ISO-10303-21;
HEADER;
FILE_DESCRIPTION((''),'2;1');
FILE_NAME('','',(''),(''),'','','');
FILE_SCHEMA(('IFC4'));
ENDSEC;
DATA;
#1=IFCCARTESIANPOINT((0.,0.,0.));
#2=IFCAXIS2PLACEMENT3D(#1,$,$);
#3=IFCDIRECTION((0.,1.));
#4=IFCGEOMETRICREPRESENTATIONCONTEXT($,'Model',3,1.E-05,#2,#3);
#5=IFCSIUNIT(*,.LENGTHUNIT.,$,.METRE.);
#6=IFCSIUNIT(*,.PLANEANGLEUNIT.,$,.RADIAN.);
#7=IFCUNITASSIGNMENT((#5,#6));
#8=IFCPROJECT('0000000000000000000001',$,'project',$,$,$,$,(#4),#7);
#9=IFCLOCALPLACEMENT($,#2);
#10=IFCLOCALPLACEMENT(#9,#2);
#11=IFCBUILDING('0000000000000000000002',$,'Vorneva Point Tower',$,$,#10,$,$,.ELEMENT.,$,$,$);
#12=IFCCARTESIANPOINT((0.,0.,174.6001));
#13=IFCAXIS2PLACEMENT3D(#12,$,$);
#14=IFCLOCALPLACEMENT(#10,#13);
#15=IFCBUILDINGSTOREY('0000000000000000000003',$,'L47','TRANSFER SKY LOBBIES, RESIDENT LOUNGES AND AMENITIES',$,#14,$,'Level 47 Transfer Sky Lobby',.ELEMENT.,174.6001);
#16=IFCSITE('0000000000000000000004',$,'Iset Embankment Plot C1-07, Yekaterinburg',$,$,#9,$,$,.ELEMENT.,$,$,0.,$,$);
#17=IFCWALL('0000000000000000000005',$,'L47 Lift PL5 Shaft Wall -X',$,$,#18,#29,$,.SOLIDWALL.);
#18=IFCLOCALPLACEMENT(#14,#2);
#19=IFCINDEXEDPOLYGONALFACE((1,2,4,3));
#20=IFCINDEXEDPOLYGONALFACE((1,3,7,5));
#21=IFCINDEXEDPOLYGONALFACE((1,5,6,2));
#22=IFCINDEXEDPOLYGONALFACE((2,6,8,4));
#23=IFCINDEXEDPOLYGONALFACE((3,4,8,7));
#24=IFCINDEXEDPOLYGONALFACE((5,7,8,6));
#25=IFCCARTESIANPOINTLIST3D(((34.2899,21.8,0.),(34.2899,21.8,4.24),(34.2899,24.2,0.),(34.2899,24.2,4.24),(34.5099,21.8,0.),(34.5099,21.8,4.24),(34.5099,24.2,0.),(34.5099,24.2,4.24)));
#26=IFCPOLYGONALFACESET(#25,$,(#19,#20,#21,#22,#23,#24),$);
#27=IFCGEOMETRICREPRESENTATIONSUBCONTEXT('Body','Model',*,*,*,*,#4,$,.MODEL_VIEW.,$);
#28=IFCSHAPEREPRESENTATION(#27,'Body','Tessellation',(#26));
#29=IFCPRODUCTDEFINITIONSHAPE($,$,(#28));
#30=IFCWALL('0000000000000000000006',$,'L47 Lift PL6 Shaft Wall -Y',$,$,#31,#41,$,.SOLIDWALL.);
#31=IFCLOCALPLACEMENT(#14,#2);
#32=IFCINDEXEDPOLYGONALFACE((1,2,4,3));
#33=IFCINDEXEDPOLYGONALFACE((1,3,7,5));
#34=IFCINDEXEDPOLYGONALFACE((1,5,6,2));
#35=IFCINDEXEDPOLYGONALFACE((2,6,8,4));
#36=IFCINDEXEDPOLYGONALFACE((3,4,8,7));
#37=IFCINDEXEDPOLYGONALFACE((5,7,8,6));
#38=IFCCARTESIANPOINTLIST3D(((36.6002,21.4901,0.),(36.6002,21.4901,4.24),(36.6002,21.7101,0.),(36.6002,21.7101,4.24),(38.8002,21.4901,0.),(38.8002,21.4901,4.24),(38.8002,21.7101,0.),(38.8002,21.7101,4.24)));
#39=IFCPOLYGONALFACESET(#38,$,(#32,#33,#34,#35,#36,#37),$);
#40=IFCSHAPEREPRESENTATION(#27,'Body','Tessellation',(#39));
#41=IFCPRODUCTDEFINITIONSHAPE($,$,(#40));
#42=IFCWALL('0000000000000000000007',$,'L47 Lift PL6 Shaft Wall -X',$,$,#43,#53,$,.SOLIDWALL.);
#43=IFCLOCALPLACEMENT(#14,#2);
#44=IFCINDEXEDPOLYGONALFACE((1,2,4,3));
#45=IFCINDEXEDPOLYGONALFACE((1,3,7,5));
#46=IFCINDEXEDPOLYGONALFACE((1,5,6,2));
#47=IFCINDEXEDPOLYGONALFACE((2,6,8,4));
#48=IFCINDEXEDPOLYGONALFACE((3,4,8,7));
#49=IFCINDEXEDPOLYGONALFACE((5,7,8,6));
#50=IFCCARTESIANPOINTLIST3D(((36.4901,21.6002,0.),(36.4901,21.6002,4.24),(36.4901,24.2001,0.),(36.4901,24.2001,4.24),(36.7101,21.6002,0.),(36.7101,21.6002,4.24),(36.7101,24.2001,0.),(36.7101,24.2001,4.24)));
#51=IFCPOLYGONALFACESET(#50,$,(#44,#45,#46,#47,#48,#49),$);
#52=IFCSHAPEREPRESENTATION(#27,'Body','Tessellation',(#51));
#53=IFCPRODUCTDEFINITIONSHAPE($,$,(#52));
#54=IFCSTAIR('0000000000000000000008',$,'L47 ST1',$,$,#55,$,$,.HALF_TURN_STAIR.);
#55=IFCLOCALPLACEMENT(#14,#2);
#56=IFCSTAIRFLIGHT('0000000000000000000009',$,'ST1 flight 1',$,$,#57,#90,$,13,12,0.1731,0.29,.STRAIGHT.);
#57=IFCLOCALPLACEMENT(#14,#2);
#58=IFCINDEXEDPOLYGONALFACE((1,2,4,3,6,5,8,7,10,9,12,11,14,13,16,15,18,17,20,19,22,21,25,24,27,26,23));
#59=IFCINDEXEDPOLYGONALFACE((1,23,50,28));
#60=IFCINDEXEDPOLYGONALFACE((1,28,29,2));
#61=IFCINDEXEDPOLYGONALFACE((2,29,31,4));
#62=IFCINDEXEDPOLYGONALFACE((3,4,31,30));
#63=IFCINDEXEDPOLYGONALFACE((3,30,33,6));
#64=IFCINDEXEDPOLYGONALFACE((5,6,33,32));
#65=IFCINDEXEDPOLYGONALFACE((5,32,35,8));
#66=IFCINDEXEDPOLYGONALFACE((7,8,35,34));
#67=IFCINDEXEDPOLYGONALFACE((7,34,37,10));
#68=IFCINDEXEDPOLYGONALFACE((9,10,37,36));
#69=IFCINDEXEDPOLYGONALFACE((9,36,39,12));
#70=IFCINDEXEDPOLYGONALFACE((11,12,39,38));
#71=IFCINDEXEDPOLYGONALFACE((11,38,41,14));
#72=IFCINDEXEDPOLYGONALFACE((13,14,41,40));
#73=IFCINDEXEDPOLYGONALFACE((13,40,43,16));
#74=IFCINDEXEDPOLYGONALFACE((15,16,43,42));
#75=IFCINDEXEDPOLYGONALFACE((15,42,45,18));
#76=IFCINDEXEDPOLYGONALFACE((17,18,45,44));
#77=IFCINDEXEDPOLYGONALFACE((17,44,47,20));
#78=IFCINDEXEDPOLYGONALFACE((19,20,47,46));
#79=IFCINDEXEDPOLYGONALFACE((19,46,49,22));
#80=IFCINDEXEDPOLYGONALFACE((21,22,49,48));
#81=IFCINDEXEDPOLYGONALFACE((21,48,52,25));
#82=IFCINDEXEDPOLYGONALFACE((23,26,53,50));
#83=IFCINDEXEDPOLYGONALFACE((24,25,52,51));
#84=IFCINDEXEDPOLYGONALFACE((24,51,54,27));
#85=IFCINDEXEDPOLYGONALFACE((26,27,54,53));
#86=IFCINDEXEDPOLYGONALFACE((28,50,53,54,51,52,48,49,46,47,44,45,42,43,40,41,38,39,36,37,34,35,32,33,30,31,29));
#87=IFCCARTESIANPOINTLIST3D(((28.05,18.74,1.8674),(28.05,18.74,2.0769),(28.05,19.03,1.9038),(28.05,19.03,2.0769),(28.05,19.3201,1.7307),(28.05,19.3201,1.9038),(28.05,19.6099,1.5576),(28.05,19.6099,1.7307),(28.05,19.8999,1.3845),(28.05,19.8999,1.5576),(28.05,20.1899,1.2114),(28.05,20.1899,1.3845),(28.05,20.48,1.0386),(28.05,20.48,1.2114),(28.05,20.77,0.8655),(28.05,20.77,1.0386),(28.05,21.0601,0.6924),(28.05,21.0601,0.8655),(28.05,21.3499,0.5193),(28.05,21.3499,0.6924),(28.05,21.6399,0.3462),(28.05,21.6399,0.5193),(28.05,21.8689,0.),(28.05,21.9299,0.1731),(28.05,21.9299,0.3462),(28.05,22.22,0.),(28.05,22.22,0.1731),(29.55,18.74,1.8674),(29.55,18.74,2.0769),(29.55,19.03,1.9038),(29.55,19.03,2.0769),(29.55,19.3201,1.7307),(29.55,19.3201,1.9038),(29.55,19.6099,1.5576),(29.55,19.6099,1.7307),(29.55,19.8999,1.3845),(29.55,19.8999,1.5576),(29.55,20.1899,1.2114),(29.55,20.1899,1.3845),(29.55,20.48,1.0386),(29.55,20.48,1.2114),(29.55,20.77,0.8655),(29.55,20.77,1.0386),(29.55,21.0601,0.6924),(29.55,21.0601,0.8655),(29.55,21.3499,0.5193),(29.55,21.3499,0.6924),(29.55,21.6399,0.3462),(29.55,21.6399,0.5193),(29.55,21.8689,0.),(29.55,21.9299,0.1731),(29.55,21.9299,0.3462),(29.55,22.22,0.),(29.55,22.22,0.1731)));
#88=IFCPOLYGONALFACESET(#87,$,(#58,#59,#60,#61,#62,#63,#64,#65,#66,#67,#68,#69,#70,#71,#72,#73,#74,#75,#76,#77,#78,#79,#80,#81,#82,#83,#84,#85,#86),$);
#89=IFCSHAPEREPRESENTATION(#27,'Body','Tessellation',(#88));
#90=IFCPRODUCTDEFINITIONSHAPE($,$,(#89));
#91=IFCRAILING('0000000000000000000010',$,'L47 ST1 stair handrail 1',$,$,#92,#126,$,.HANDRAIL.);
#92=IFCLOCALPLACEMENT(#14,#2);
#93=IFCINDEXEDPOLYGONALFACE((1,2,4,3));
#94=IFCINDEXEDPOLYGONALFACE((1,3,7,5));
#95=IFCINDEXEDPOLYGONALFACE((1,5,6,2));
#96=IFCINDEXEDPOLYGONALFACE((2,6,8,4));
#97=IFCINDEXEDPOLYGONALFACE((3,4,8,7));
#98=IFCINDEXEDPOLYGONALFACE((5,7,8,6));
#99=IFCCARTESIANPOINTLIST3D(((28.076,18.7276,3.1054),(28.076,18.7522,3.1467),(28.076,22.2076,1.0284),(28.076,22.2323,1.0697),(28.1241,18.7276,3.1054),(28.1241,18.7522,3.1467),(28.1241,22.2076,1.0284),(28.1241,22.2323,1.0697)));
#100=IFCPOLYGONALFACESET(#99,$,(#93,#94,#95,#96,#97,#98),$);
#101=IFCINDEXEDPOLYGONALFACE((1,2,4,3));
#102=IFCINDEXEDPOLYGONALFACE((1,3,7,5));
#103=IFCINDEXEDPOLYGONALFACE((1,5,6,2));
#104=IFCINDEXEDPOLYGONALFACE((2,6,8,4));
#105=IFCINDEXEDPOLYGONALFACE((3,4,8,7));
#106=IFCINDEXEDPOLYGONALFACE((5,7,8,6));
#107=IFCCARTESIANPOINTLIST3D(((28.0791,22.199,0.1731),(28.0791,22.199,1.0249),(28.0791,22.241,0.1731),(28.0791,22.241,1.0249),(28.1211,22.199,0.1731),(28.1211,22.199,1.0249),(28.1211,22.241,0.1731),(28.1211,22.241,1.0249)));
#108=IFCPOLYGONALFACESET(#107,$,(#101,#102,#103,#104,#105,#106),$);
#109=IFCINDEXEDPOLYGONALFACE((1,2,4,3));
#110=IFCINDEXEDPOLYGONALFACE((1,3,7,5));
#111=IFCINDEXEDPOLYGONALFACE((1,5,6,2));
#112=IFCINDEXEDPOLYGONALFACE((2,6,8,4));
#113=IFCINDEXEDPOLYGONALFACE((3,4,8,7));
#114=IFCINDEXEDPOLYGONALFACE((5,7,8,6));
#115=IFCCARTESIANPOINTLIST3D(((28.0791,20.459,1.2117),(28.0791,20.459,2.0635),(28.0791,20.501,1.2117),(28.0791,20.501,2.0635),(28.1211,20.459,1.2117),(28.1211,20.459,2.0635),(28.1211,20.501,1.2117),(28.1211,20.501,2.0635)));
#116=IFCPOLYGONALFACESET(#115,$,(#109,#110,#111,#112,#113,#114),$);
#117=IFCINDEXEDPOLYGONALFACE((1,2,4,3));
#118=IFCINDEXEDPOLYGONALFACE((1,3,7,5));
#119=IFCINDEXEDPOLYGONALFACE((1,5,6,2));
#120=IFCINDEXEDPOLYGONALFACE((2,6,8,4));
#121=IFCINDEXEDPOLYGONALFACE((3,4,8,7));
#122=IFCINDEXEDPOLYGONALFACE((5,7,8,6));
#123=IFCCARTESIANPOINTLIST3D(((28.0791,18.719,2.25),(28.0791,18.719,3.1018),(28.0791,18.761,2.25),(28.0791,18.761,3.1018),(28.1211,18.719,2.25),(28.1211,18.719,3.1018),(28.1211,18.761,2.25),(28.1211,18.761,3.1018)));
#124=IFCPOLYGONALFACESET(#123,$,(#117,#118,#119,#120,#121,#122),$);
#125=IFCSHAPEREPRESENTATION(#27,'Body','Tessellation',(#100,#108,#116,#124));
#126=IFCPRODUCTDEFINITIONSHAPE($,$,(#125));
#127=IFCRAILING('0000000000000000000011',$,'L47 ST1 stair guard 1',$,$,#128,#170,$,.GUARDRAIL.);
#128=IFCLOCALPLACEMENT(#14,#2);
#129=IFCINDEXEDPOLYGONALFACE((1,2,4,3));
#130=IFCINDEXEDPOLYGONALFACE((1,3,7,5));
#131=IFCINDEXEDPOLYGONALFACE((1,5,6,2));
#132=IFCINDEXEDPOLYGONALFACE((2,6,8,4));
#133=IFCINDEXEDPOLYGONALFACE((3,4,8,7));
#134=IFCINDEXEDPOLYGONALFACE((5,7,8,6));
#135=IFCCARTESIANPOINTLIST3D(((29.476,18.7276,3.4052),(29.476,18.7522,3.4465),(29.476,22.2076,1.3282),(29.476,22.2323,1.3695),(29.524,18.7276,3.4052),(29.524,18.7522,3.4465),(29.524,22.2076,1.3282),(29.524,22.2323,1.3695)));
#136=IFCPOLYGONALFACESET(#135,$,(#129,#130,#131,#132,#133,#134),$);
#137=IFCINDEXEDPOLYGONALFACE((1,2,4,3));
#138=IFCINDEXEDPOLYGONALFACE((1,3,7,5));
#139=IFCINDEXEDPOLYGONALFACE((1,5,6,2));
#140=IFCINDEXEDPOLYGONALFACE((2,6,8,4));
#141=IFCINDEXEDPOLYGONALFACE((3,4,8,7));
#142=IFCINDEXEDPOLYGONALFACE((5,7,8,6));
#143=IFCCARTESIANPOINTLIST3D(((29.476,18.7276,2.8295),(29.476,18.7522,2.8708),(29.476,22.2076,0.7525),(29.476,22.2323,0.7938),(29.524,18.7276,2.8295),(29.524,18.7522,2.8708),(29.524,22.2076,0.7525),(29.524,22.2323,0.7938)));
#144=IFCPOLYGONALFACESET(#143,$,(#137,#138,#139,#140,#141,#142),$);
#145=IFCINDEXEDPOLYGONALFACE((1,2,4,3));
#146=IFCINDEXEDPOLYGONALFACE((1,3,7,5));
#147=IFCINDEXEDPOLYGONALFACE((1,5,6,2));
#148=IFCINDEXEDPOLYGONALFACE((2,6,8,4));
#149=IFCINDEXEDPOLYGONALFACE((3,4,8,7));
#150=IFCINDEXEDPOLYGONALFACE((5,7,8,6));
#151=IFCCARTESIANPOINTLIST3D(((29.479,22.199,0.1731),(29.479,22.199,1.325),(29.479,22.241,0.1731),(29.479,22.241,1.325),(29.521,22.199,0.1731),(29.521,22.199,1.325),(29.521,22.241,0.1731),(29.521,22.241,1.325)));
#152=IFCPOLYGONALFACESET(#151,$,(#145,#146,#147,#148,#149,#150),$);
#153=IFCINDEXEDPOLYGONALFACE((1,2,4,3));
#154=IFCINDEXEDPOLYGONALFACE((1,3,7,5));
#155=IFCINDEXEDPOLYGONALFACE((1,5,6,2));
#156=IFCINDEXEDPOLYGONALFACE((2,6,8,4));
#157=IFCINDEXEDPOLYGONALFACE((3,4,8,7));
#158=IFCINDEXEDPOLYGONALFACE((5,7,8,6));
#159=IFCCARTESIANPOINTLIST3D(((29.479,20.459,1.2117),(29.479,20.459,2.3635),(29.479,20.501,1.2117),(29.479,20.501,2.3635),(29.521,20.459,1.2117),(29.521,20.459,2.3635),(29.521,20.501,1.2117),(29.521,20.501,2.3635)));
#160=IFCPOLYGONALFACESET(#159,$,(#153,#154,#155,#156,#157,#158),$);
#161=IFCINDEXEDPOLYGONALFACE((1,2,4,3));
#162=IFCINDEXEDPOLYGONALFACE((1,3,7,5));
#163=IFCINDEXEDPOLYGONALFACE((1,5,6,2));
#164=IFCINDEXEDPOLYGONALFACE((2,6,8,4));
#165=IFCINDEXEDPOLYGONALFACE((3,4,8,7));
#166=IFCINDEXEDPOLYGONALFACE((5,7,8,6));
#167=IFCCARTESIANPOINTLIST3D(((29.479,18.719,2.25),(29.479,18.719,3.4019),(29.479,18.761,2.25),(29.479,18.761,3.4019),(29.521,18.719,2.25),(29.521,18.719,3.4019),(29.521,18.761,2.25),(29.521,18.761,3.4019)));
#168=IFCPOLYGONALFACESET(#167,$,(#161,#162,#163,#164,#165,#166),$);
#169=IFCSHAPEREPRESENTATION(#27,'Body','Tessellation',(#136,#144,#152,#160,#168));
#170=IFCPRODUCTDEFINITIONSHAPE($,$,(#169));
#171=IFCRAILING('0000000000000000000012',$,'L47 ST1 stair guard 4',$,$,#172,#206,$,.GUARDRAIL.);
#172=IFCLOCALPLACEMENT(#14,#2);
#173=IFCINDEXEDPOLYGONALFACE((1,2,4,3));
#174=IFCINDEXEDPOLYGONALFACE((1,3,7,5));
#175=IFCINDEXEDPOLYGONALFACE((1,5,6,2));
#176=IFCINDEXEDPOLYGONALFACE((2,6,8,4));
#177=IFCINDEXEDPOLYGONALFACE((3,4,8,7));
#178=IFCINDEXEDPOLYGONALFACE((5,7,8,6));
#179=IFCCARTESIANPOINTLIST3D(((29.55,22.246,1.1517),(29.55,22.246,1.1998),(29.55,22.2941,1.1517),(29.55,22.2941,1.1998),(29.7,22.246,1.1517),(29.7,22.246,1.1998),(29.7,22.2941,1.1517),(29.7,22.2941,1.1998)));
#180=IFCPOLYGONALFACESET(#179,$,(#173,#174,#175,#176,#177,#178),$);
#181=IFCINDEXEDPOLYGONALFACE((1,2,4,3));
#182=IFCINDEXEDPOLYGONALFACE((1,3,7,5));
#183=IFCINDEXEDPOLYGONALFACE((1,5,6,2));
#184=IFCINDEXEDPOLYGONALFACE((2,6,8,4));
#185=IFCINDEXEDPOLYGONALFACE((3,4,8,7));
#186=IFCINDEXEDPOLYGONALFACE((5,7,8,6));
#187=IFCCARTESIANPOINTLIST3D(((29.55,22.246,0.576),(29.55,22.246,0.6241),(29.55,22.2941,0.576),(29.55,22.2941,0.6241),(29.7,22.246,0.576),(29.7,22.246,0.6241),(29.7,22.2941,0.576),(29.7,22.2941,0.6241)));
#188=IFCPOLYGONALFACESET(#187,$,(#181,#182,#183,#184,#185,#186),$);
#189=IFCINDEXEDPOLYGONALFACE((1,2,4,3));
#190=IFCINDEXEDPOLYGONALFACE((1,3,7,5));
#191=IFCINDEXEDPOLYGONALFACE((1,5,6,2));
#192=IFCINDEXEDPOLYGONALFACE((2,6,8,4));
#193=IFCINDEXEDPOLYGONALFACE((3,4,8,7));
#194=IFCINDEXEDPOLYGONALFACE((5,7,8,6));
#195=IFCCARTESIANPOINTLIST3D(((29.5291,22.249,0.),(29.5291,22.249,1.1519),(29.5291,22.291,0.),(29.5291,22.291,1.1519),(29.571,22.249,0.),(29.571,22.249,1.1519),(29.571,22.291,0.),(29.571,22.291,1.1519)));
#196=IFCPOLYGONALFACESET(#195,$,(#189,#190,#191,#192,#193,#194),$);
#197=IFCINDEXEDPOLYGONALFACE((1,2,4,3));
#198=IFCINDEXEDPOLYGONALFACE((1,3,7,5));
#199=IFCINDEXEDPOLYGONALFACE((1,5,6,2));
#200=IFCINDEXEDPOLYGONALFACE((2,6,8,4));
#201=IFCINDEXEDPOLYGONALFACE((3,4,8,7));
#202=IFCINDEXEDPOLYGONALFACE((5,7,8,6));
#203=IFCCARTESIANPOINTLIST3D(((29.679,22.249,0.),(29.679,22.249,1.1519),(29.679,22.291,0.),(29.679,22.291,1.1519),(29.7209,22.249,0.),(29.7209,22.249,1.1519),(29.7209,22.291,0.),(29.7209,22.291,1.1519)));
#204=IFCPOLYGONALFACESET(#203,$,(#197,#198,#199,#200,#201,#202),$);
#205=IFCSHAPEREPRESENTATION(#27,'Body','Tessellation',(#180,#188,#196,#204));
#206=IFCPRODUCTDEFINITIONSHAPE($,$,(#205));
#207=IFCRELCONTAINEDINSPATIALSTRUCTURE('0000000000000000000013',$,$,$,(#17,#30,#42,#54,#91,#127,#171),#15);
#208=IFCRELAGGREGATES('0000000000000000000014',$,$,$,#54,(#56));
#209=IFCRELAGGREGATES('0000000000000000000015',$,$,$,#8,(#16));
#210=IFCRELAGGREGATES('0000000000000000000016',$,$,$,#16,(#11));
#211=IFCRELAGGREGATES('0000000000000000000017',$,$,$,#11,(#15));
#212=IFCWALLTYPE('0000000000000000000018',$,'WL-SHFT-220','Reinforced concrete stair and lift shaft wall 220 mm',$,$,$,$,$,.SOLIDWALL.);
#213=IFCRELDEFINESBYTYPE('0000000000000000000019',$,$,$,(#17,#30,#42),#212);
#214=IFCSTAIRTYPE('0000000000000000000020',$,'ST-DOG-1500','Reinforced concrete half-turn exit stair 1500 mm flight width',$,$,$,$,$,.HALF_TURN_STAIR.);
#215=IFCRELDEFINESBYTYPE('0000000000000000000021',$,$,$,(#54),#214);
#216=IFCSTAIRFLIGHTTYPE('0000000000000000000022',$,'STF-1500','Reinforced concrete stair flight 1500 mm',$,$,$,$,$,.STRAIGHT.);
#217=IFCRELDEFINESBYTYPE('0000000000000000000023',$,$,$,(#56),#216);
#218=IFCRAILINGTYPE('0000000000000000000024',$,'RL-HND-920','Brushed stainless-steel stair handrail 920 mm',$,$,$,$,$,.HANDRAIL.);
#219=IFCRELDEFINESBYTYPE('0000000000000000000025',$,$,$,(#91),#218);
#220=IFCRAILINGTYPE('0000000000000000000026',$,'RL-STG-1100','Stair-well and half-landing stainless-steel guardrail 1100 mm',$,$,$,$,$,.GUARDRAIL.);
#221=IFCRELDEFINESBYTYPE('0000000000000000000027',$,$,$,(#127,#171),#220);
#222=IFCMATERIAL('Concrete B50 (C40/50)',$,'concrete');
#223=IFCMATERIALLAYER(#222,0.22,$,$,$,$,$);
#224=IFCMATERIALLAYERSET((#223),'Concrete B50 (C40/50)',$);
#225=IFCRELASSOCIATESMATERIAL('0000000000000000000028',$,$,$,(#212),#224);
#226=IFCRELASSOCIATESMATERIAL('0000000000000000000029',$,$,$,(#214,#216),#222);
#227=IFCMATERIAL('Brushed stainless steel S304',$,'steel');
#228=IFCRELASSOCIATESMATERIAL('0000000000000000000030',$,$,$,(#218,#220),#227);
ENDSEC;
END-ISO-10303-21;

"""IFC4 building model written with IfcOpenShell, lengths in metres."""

from ifc_helpers import new_model, si_unit, direction, frame, frame_2d, origin, origin_2d, place, context, subcontext, project, spatial, polyline, rectangle, outline, extrude, material, layer, layer_set, type_object, element, aggregate, save


model = new_model("IFC4")

# Units and contexts
model_context = context("Model", 3, precision=1e-05, world=origin(), true_north=direction((0.0, 1.0)))
body_context = subcontext(model_context, "Body", "Model", "MODEL_VIEW")
ifc_project = project(units=[si_unit("LENGTHUNIT", "METRE"), si_unit("PLANEANGLEUNIT", "RADIAN")], contexts=[model_context])

# Site, building, storey
site_placement = place(None, origin())
site = spatial("IfcSite", under=ifc_project, at=site_placement, Name="Iset Embankment Plot C1-07, Yekaterinburg", CompositionType="ELEMENT", RefElevation=0.0)
building_placement = place(site_placement, origin())
building = spatial("IfcBuilding", under=site, at=building_placement, Name="Vorneva Point Tower", CompositionType="ELEMENT")
storey_placement = place(building_placement, frame((0.0, 0.0, 174.6001)))
storey = spatial("IfcBuildingStorey", under=building, at=storey_placement, Name="L47", Description="TRANSFER SKY LOBBIES, RESIDENT LOUNGES AND AMENITIES", LongName="Level 47 Transfer Sky Lobby", CompositionType="ELEMENT", Elevation=174.6001)

# Shared definitions
ifc_material_1 = material(Name="Concrete B50 (C40/50)", Category="concrete")
ifc_layer_1 = layer(ifc_material_1, 0.22)
ifc_layer_set_1 = layer_set([ifc_layer_1], Name="Concrete B50 (C40/50)")
wall_type_1 = type_object("IfcWallType", Name="WL-SHFT-220", Description="Reinforced concrete stair and lift shaft wall 220 mm", PredefinedType="SOLIDWALL", material=ifc_layer_set_1)

# Shared definitions
ifc_material_2 = material(Name="Brushed stainless steel S304", Category="steel")

# Walls
wall_1_placement = place(storey_placement, frame((34.3999, 24.2, 0.0), z_axis=(0.0, 0.0, 1.0), x_axis=(0.0, -1.0, 0.0)))
element("IfcWall", 1, at=wall_1_placement, inside=storey, type_object=wall_type_1, Name="L47 Lift PL5 Shaft Wall -X", PredefinedType="SOLIDWALL", context=body_context, shape_type="SweptSolid", body=[
    extrude(rectangle(XDim=2.3999, YDim=0.22, at=frame_2d((1.2, 0.0))), origin(), (0.0, 0.0, 1.0), 4.24),
])
wall_2_placement = place(storey_placement, frame((36.6001, 21.6001, 0.0), z_axis=(0.0, 0.0, 1.0), x_axis=(1.0, 0.0, 0.0)))
element("IfcWall", 2, at=wall_2_placement, inside=storey, type_object=wall_type_1, Name="L47 Lift PL6 Shaft Wall -Y", PredefinedType="SOLIDWALL", context=body_context, shape_type="SweptSolid", body=[
    extrude(rectangle(XDim=2.2, YDim=0.22, at=frame_2d((1.1001, 0.0))), origin(), (0.0, 0.0, 1.0), 4.24),
])
wall_3_placement = place(storey_placement, frame((36.6001, 24.2, 0.0), z_axis=(0.0, 0.0, 1.0), x_axis=(0.0, -1.0, 0.0)))
element("IfcWall", 3, at=wall_3_placement, inside=storey, type_object=wall_type_1, Name="L47 Lift PL6 Shaft Wall -X", PredefinedType="SOLIDWALL", context=body_context, shape_type="SweptSolid", body=[
    extrude(rectangle(XDim=2.5999, YDim=0.22, at=frame_2d((1.2998, 0.0))), origin(), (0.0, 0.0, 1.0), 4.24),
])

# Stair, stair flight
stair_type = type_object("IfcStairType", Name="ST-DOG-1500", Description="Reinforced concrete half-turn exit stair 1500 mm flight width", PredefinedType="HALF_TURN_STAIR", material=ifc_material_1)
stair_placement = place(storey_placement, origin())
stair = element("IfcStair", 4, at=stair_placement, inside=storey, type_object=stair_type, Name="L47 ST1", PredefinedType="HALF_TURN_STAIR")
stair_flight_type = type_object("IfcStairFlightType", Name="STF-1500", Description="Reinforced concrete stair flight 1500 mm", PredefinedType="STRAIGHT", material=ifc_material_1)
stair_flight_placement = place(storey_placement, frame((28.8, 22.22, 0.0), z_axis=(0.0, 0.0, 1.0), x_axis=(0.0, -1.0, 0.0)))
stair_flight = element("IfcStairFlight", 5, at=stair_flight_placement, type_object=stair_flight_type, Name="ST1 flight 1", NumberOfRisers=13, NumberOfTreads=12, PredefinedType="STRAIGHT", RiserHeight=0.1731, TreadLength=0.29, context=body_context, shape_type="SweptSolid", body=[
    extrude(outline(polyline([(0.0, 0.0), (0.0, 0.1731), (0.29, 0.1731), (0.29, 0.3462), (0.5801, 0.3462), (0.5801, 0.5193), (0.8701, 0.5193), (0.8701, 0.6924), (1.1599, 0.6924), (1.1599, 0.8655), (1.45, 0.8655), (1.45, 1.0386), (1.74, 1.0386), (1.74, 1.2114), (2.03, 1.2114), (2.03, 1.3845), (2.3201, 1.3845), (2.3201, 1.5576), (2.6101, 1.5576), (2.6101, 1.7307), (2.8999, 1.7307), (2.8999, 1.9038), (3.1899, 1.9038), (3.1899, 2.0769), (3.48, 2.0769), (3.48, 2.25), (3.48, 1.8674), (0.3511, 0.0), (0.0, 0.0)])), frame((0.0, 0.75, 0.0), z_axis=(0.0, -1.0, 0.0), x_axis=(1.0, 0.0, 0.0)), (0.0, 0.0, 1.0), 1.5),
])
aggregate(stair, [stair_flight])

# Railings
railing_type_1 = type_object("IfcRailingType", Name="RL-HND-920", Description="Brushed stainless-steel stair handrail 920 mm", PredefinedType="HANDRAIL", material=ifc_material_2)
railing_1_placement = place(storey_placement, frame((28.1001, 22.22, 0.1731)))
element("IfcRailing", 6, at=railing_1_placement, inside=storey, type_object=railing_type_1, Name="L47 ST1 stair handrail 1", PredefinedType="HANDRAIL", context=body_context, shape_type="SweptSolid", body=[
    extrude(rectangle(XDim=0.0481, YDim=0.0481, at=origin_2d()), frame((0.0, 0.0, 0.876), z_axis=(0.0, -0.858697, 0.512483), x_axis=(1.0, 0.0, 0.0)), (0.0, 0.0, 1.0), 4.0527),
    extrude(rectangle(XDim=0.042, YDim=0.042, at=origin_2d()), origin(), (0.0, 0.0, 1.0), 0.8518),
    extrude(rectangle(XDim=0.042, YDim=0.042, at=origin_2d()), frame((0.0, -1.74, 1.0386)), (0.0, 0.0, 1.0), 0.8518),
    extrude(rectangle(XDim=0.042, YDim=0.042, at=origin_2d()), frame((0.0, -3.48, 2.0769)), (0.0, 0.0, 1.0), 0.8518),
])
railing_type_2 = type_object("IfcRailingType", Name="RL-STG-1100", Description="Stair-well and half-landing stainless-steel guardrail 1100 mm", PredefinedType="GUARDRAIL", material=ifc_material_2)
railing_2_placement = place(storey_placement, frame((29.5, 22.22, 0.1731)))
element("IfcRailing", 7, at=railing_2_placement, inside=storey, type_object=railing_type_2, Name="L47 ST1 stair guard 1", PredefinedType="GUARDRAIL", context=body_context, shape_type="SweptSolid", body=[
    extrude(rectangle(XDim=0.0481, YDim=0.0481, at=origin_2d()), frame((0.0, 0.0, 1.1758), z_axis=(0.0, -0.858697, 0.512483), x_axis=(1.0, 0.0, 0.0)), (0.0, 0.0, 1.0), 4.0527),
    extrude(rectangle(XDim=0.0481, YDim=0.0481, at=origin_2d()), frame((0.0, 0.0, 0.6001), z_axis=(0.0, -0.858697, 0.512483), x_axis=(1.0, 0.0, 0.0)), (0.0, 0.0, 1.0), 4.0527),
    extrude(rectangle(XDim=0.042, YDim=0.042, at=origin_2d()), origin(), (0.0, 0.0, 1.0), 1.1519),
    extrude(rectangle(XDim=0.042, YDim=0.042, at=origin_2d()), frame((0.0, -1.74, 1.0386)), (0.0, 0.0, 1.0), 1.1519),
    extrude(rectangle(XDim=0.042, YDim=0.042, at=origin_2d()), frame((0.0, -3.48, 2.0769)), (0.0, 0.0, 1.0), 1.1519),
])
railing_3_placement = place(storey_placement, frame((29.55, 22.27, 0.0)))
element("IfcRailing", 8, at=railing_3_placement, inside=storey, type_object=railing_type_2, Name="L47 ST1 stair guard 4", PredefinedType="GUARDRAIL", context=body_context, shape_type="SweptSolid", body=[
    extrude(rectangle(XDim=0.0481, YDim=0.0481, at=origin_2d()), frame((0.0, 0.0, 1.1758), z_axis=(1.0, 0.0, 0.0), x_axis=(0.0, 1.0, 0.0)), (0.0, 0.0, 1.0), 0.1499),
    extrude(rectangle(XDim=0.0481, YDim=0.0481, at=origin_2d()), frame((0.0, 0.0, 0.6001), z_axis=(1.0, 0.0, 0.0), x_axis=(0.0, 1.0, 0.0)), (0.0, 0.0, 1.0), 0.1499),
    extrude(rectangle(XDim=0.042, YDim=0.042, at=origin_2d()), origin(), (0.0, 0.0, 1.0), 1.1519),
    extrude(rectangle(XDim=0.042, YDim=0.042, at=origin_2d()), frame((0.1499, 0.0, 0.0)), (0.0, 0.0, 1.0), 1.1519),
])

save(model, "model.ifc")
